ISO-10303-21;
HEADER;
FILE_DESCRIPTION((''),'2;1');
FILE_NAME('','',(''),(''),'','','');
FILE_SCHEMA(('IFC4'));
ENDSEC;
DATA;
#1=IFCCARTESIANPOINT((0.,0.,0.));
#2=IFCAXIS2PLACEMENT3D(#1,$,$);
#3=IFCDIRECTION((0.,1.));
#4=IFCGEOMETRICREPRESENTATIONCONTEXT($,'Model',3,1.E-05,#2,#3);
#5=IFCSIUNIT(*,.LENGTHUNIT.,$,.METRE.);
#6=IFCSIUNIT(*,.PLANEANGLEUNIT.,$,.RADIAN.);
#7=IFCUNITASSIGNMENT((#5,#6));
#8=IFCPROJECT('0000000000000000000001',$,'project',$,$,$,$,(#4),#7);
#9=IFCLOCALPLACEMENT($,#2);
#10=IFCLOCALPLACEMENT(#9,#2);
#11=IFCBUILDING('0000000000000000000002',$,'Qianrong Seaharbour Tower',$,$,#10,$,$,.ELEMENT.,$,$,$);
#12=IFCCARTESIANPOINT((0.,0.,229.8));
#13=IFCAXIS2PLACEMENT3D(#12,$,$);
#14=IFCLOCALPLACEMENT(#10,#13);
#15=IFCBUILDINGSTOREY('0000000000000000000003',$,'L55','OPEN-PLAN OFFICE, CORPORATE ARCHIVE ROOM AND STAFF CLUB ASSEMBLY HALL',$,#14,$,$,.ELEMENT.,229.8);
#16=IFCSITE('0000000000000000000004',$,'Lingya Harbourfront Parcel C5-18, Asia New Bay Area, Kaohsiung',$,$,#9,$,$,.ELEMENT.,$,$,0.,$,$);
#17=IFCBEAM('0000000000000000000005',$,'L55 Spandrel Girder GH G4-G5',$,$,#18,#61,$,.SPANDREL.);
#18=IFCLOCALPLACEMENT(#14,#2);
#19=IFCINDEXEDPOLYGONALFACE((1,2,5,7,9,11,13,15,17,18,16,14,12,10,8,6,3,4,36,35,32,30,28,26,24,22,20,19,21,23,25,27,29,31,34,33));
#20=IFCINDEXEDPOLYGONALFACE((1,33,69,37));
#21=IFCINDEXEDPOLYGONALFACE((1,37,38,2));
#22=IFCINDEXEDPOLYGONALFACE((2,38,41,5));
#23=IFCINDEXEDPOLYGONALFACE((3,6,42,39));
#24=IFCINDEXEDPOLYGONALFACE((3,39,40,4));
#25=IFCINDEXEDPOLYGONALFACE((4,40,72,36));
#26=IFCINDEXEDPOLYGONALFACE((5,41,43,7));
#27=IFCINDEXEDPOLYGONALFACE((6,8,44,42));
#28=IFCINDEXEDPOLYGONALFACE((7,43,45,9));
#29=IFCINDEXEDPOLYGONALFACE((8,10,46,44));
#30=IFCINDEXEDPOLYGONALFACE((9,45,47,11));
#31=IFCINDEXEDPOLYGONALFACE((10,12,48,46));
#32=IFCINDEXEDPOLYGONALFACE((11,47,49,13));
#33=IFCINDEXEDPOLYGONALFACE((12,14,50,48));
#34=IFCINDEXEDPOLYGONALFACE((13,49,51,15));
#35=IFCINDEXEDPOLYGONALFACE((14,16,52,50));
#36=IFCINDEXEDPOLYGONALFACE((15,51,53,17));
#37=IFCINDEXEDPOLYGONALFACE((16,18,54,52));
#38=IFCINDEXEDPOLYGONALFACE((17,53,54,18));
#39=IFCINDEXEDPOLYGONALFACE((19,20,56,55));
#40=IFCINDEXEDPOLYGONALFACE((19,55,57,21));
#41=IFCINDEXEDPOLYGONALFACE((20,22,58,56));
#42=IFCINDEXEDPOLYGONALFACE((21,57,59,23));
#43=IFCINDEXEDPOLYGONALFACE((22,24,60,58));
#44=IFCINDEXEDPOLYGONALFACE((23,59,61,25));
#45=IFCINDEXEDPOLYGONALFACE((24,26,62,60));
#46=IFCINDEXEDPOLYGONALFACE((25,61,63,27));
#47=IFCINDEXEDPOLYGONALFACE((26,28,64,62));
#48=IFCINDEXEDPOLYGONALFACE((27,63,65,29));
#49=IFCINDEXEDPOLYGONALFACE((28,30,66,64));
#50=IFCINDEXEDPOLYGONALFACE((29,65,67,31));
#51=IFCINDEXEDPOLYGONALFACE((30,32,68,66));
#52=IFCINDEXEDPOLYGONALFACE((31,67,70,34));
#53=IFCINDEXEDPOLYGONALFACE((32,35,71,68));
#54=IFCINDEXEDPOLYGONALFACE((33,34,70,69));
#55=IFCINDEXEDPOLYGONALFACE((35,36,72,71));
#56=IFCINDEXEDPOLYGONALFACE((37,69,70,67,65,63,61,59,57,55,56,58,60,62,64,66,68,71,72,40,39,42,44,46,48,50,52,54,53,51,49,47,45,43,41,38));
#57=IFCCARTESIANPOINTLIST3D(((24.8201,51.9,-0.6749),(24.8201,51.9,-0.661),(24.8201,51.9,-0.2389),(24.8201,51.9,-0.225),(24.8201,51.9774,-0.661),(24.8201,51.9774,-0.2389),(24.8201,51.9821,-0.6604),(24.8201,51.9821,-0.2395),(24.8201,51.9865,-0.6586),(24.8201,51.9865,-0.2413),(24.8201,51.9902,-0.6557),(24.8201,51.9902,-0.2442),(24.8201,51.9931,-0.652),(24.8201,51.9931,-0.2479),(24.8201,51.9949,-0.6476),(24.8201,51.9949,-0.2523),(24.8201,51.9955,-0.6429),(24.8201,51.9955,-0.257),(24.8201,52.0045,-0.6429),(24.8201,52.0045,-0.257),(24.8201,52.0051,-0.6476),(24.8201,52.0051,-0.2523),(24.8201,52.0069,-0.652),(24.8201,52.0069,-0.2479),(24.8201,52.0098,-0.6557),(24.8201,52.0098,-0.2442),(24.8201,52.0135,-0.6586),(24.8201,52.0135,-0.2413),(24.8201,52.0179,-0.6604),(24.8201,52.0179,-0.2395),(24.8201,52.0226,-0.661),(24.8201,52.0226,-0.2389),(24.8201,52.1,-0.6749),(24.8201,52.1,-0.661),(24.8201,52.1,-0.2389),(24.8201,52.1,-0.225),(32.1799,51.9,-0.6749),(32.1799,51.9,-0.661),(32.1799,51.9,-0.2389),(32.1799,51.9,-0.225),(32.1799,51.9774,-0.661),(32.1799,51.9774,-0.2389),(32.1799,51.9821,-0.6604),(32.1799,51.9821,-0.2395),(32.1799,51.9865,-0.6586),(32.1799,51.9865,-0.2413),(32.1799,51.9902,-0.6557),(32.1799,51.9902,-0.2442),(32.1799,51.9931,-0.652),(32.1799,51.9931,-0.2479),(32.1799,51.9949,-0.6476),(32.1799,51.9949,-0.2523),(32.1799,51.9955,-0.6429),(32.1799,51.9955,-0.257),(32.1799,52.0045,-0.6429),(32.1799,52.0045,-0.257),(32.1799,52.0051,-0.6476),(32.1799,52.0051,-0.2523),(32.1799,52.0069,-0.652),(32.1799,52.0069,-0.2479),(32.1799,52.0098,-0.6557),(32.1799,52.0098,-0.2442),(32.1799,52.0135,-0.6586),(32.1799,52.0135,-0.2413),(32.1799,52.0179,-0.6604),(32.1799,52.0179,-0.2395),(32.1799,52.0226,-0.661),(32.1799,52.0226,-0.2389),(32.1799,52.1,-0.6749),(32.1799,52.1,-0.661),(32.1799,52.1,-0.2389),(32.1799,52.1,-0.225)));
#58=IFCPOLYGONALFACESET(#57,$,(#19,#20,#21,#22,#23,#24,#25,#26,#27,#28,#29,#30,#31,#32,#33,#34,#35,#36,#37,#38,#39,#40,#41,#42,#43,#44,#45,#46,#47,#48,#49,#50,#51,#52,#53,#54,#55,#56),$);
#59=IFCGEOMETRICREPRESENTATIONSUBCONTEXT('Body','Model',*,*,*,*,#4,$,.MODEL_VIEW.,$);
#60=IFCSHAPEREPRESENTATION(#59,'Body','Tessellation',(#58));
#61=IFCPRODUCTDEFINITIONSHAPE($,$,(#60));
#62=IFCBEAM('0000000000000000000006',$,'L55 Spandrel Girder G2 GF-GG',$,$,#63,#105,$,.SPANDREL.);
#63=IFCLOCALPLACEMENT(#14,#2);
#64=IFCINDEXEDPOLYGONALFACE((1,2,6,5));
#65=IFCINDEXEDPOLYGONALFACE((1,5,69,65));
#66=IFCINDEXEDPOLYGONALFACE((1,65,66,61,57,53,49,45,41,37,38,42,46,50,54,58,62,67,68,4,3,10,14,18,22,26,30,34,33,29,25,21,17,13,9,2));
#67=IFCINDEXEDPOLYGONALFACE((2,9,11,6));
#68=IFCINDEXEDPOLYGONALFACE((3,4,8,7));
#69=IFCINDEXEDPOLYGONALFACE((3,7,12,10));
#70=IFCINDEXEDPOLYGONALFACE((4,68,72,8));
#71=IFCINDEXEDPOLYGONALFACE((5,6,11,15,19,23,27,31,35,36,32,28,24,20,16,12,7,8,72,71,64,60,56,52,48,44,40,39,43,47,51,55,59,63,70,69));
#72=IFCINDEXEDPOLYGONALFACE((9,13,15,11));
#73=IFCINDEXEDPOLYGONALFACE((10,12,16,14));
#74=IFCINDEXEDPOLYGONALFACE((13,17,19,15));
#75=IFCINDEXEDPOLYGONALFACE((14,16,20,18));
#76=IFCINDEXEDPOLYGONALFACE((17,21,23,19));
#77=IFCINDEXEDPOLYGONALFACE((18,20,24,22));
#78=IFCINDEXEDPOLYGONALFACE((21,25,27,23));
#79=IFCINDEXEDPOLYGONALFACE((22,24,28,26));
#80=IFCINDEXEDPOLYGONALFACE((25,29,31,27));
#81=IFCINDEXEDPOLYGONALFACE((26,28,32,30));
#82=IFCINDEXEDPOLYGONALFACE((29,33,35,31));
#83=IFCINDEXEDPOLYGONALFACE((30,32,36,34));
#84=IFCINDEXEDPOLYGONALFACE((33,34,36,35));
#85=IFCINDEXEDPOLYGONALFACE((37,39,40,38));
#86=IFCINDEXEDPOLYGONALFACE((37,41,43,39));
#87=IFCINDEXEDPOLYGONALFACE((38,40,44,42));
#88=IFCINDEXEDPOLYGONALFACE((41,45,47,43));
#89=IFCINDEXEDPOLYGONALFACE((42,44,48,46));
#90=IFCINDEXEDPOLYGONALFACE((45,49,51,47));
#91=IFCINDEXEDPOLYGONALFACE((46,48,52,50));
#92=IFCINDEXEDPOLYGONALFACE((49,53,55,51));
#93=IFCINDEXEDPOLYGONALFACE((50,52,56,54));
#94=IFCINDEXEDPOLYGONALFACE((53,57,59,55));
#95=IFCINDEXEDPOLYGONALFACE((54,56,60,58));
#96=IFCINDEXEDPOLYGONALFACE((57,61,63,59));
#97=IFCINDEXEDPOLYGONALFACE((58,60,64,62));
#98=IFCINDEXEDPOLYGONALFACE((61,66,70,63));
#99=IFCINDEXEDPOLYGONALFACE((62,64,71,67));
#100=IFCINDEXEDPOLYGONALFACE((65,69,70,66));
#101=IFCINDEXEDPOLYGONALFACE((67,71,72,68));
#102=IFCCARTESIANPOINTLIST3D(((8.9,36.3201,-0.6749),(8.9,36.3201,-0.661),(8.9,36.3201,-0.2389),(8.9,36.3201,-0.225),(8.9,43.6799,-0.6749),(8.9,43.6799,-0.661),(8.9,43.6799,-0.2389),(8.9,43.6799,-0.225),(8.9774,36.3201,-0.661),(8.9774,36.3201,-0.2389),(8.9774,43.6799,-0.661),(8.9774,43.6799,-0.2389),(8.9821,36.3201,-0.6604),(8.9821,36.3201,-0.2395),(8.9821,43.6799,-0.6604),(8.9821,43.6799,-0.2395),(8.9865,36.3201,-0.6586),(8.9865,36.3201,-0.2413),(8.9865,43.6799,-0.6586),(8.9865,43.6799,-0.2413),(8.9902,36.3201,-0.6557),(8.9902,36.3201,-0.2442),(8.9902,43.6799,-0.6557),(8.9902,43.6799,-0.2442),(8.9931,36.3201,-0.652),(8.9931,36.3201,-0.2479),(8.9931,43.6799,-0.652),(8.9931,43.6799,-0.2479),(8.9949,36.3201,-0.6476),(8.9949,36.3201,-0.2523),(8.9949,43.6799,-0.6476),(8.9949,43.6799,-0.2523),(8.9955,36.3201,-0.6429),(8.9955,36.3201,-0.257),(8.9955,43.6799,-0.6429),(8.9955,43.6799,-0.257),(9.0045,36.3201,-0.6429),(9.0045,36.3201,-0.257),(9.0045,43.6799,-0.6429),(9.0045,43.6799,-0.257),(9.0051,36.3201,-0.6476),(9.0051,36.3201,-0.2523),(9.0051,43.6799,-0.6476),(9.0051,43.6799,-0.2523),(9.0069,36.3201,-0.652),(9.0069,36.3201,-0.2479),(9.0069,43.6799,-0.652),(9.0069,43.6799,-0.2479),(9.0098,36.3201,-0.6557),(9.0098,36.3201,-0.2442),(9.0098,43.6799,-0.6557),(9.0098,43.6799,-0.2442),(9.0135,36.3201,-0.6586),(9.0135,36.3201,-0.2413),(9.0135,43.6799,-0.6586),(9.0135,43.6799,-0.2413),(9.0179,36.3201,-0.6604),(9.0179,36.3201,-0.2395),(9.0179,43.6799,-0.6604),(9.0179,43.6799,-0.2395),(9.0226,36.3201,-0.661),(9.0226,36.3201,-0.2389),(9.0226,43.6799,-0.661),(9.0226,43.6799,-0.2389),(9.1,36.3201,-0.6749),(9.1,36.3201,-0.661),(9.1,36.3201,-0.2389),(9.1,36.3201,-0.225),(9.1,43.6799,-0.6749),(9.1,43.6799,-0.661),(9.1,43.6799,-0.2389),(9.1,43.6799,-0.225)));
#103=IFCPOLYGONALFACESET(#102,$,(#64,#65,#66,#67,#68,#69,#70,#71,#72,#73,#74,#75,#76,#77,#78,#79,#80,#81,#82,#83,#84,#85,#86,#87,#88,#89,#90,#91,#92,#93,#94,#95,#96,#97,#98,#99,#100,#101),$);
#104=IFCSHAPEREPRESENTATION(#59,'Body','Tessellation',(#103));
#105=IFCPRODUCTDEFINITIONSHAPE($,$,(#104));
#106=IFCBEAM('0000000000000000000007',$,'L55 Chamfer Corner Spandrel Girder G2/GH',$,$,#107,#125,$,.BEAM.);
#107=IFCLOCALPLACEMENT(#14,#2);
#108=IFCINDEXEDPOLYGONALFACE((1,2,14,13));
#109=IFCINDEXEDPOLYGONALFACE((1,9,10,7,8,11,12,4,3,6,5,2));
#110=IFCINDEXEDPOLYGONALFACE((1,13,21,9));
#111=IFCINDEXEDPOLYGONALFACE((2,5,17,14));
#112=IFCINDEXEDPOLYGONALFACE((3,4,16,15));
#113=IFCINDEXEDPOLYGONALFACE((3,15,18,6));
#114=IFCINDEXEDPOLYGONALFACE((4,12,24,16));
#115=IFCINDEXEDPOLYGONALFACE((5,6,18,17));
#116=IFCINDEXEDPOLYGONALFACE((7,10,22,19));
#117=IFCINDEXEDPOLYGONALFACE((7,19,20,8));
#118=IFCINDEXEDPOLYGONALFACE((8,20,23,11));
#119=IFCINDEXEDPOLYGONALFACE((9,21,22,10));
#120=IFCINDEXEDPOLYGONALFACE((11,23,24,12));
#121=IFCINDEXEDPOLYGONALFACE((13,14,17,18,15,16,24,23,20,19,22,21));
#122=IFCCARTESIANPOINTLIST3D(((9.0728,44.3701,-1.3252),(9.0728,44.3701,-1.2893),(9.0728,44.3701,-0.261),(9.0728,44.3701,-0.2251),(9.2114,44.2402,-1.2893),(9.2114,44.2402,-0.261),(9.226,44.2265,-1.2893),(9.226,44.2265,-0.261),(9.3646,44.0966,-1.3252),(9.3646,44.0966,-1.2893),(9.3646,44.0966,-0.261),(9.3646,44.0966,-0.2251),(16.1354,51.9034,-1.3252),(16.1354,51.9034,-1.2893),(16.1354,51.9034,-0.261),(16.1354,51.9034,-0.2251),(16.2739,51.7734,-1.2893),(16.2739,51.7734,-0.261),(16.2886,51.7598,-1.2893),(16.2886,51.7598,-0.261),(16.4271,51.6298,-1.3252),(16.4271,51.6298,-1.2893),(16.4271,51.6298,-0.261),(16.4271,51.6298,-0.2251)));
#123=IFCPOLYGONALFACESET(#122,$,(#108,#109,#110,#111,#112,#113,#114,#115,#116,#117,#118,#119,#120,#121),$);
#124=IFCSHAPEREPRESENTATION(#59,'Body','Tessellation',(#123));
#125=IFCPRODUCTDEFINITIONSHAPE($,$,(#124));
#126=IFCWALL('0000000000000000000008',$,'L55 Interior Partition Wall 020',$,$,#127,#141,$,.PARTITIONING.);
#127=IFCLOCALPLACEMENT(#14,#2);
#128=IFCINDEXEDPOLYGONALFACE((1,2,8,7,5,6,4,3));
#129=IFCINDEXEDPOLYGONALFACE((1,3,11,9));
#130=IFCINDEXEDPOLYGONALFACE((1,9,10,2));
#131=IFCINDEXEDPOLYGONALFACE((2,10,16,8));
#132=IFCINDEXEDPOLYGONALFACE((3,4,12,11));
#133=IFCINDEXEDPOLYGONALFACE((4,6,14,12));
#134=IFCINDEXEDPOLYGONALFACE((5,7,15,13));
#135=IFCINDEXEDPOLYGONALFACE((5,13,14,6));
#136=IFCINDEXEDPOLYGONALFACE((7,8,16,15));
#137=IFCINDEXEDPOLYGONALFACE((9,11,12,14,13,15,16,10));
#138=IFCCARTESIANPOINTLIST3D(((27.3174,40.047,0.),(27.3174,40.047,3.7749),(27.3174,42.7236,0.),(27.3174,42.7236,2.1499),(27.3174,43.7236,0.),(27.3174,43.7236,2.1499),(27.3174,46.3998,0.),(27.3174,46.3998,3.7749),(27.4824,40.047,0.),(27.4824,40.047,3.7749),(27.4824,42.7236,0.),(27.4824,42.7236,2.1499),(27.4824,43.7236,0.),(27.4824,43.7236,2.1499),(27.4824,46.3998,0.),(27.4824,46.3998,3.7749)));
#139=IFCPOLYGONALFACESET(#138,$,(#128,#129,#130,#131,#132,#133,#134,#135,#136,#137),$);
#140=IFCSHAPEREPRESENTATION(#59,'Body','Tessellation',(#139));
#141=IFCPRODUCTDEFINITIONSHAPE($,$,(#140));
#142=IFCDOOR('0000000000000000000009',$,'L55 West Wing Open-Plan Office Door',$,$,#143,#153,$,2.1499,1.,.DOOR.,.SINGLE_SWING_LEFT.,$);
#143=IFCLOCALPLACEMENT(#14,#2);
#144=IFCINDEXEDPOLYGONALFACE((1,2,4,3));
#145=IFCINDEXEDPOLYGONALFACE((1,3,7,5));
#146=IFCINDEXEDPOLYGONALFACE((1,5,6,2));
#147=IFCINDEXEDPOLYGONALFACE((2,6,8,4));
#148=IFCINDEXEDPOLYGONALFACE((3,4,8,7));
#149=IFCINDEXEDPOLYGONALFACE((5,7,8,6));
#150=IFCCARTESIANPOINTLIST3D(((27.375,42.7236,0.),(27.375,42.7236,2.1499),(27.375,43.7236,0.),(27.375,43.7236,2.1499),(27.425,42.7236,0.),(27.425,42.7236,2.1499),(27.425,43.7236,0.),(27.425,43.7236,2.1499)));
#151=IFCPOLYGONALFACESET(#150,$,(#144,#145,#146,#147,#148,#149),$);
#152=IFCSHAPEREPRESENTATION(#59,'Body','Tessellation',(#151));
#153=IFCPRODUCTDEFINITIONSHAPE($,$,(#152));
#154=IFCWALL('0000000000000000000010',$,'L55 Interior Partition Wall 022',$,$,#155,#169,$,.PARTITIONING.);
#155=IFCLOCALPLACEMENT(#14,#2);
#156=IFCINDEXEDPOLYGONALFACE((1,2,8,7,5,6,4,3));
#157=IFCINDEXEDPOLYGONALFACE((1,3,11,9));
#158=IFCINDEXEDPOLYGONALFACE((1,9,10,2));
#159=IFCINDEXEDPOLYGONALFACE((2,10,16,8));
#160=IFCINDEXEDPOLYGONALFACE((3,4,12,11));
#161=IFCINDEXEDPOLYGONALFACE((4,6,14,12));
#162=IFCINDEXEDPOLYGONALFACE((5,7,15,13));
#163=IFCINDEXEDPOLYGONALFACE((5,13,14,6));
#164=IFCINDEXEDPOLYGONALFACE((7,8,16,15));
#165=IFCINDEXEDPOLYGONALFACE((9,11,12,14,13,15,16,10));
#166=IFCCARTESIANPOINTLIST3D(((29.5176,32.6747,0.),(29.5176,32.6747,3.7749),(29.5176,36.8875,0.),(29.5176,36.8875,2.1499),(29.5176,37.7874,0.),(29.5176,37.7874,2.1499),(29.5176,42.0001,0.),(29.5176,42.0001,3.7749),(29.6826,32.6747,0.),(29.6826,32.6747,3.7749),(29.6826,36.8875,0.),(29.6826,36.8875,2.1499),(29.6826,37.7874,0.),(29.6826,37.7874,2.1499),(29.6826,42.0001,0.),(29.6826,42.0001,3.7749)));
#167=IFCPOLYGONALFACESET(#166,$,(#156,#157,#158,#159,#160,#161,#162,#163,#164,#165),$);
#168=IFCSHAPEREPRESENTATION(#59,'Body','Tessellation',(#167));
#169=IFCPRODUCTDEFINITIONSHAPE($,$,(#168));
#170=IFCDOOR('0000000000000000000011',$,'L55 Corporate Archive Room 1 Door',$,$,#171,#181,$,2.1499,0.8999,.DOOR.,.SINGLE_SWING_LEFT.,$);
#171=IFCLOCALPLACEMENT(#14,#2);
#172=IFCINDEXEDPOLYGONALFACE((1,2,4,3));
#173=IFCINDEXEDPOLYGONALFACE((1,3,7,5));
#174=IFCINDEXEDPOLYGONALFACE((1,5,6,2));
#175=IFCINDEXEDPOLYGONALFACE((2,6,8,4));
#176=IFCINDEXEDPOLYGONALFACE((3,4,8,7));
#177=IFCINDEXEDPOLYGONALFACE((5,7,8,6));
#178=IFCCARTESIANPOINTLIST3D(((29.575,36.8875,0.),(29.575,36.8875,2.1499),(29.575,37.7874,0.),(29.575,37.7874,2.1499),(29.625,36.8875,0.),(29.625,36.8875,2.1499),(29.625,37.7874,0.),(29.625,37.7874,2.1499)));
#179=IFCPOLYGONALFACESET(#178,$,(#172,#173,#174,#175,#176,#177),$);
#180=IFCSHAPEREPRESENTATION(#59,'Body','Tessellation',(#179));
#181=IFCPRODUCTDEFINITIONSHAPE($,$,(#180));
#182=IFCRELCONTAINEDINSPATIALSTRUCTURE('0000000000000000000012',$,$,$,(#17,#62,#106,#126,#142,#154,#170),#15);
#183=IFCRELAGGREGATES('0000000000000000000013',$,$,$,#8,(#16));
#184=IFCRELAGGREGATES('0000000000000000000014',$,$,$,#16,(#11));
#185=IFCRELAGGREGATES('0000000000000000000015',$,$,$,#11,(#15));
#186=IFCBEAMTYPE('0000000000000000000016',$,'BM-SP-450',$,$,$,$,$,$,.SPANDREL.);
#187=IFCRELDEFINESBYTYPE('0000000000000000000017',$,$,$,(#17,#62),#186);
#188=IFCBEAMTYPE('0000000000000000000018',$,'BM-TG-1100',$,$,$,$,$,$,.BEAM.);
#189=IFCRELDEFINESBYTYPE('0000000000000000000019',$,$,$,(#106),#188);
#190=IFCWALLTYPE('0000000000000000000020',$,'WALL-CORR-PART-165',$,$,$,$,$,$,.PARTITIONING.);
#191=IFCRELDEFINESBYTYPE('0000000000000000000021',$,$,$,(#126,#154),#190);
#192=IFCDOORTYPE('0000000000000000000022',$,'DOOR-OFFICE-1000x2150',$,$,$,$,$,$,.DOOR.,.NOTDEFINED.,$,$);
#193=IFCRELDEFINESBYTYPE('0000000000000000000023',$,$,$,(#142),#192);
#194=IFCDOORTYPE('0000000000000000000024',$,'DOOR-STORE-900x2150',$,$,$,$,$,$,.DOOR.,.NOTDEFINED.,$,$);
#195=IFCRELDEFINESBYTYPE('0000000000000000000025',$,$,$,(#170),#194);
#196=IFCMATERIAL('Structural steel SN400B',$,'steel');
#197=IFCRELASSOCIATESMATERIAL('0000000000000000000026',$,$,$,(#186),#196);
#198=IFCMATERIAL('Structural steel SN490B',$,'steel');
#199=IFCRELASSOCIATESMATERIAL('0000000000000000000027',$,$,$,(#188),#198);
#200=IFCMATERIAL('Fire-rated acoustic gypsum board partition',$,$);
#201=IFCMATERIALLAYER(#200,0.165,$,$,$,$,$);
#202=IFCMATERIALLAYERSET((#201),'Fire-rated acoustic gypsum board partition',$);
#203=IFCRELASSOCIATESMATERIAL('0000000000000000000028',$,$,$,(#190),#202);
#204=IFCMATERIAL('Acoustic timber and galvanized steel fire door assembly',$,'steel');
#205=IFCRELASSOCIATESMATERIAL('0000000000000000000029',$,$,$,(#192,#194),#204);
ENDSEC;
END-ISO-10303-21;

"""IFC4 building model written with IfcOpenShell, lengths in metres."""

from ifc_helpers import new_model, si_unit, direction, frame, frame_2d, origin, origin_2d, place, context, subcontext, project, spatial, rectangle, i_section, extrude, material, layer, layer_set, material_profile, profile_set, type_object, element, fill, save


model = new_model("IFC4")

# Units and contexts
model_context = context("Model", 3, precision=1e-05, world=origin(), true_north=direction((0.0, 1.0)))
body_context = subcontext(model_context, "Body", "Model", "MODEL_VIEW")
ifc_project = project(units=[si_unit("LENGTHUNIT", "METRE"), si_unit("PLANEANGLEUNIT", "RADIAN")], contexts=[model_context])

# Site, building, storey
site_placement = place(None, origin())
site = spatial("IfcSite", under=ifc_project, at=site_placement, Name="Lingya Harbourfront Parcel C5-18, Asia New Bay Area, Kaohsiung", CompositionType="ELEMENT", RefElevation=0.0)
building_placement = place(site_placement, origin())
building = spatial("IfcBuilding", under=site, at=building_placement, Name="Qianrong Seaharbour Tower", CompositionType="ELEMENT")
storey_placement = place(building_placement, frame((0.0, 0.0, 229.8)))
storey = spatial("IfcBuildingStorey", under=building, at=storey_placement, Name="L55", Description="OPEN-PLAN OFFICE, CORPORATE ARCHIVE ROOM AND STAFF CLUB ASSEMBLY HALL", CompositionType="ELEMENT", Elevation=229.8)

# Shared definitions
ifc_material_1 = material(Name="Structural steel SN490B", Category="steel")

# Beams
ifc_material_2 = material(Name="Structural steel SN400B", Category="steel")
ifc_material_profile_1 = material_profile(ifc_material_2, i_section(OverallWidth=0.2, OverallDepth=0.45, WebThickness=0.009, FlangeThickness=0.0139, FilletRadius=0.0181, at=origin_2d()), Name="H450x200x9x14")
ifc_profile_set_1 = profile_set([ifc_material_profile_1], Name="Structural steel SN400B")
beam_type_1 = type_object("IfcBeamType", Name="BM-SP-450", PredefinedType="SPANDREL", material=ifc_profile_set_1)
for number, where, z_axis, x_axis, name in (
    (1, (24.8201, 52.0, -0.45), (1.0, 0.0, 0.0), (0.0, 1.0, 0.0), "L55 Spandrel Girder GH G4-G5"),
    (2, (9.0, 36.3201, -0.45), (0.0, 1.0, 0.0), (-1.0, 0.0, 0.0), "L55 Spandrel Girder G2 GF-GG"),
):
    element("IfcBeam", number, at=place(storey_placement, frame(where, z_axis=z_axis, x_axis=x_axis)), inside=storey, type_object=beam_type_1, Name=name, PredefinedType="SPANDREL", context=body_context, shape_type="SweptSolid", body=[
        extrude(i_section(OverallWidth=0.2, OverallDepth=0.45, WebThickness=0.009, FlangeThickness=0.0139, FilletRadius=0.0181, at=origin_2d()), origin(), (0.0, 0.0, 1.0), 7.3599),
    ])
ifc_material_profile_2 = material_profile(ifc_material_1, i_section(OverallWidth=0.3999, OverallDepth=1.1001, WebThickness=0.02, FlangeThickness=0.0359, at=origin_2d()), Name="BH1100x400x20x36")
ifc_profile_set_2 = profile_set([ifc_material_profile_2], Name="Structural steel SN490B")
beam_type_2 = type_object("IfcBeamType", Name="BM-TG-1100", PredefinedType="BEAM", material=ifc_profile_set_2)
beam_1_placement = place(storey_placement, frame((16.2812, 51.7666, -0.7751), z_axis=(-0.683947, -0.729531, 0.0), x_axis=(0.729531, -0.683947, 0.0)))
element("IfcBeam", 3, at=beam_1_placement, inside=storey, type_object=beam_type_2, Name="L55 Chamfer Corner Spandrel Girder G2/GH", PredefinedType="BEAM", context=body_context, shape_type="SweptSolid", body=[
    extrude(i_section(OverallWidth=0.3999, OverallDepth=1.1001, WebThickness=0.02, FlangeThickness=0.0359, at=origin_2d()), origin(), (0.0, 0.0, 1.0), 10.3262),
])

# Walls, openings, doors
ifc_material_3 = material(Name="Fire-rated acoustic gypsum board partition")
ifc_layer_1 = layer(ifc_material_3, 0.165)
ifc_layer_set_1 = layer_set([ifc_layer_1], Name="Fire-rated acoustic gypsum board partition")
wall_type_1 = type_object("IfcWallType", Name="WALL-CORR-PART-165", PredefinedType="PARTITIONING", material=ifc_layer_set_1)
wall_1_placement = place(storey_placement, frame((27.3999, 40.0471, 0.0), z_axis=(0.0, 0.0, 1.0), x_axis=(0.0, 1.0, 0.0)))
wall_1 = element("IfcWall", 4, at=wall_1_placement, inside=storey, type_object=wall_type_1, Name="L55 Interior Partition Wall 020", PredefinedType="PARTITIONING", context=body_context, shape_type="SweptSolid", body=[
    extrude(rectangle(XDim=6.3528, YDim=0.165, at=frame_2d((3.1763, 0.0))), origin(), (0.0, 0.0, 1.0), 3.7749),
])
opening_1_placement = place(wall_1_placement, frame((2.6765, 0.0, 0.0)))
opening_1 = element("IfcOpeningElement", 5, at=opening_1_placement, cuts=wall_1, PredefinedType="OPENING", context=body_context, shape_type="SweptSolid", body=[
    extrude(rectangle(XDim=1.0, YDim=2.1499, at=frame_2d((0.5, 1.075))), frame((0.0, 0.0925, 0.0), z_axis=(0.0, -1.0, 0.0), x_axis=(1.0, 0.0, 0.0)), (0.0, 0.0, 1.0), 0.1851),
])
ifc_material_4 = material(Name="Acoustic timber and galvanized steel fire door assembly", Category="steel")
door_type_1 = type_object("IfcDoorType", Name="DOOR-OFFICE-1000x2150", OperationType="NOTDEFINED", PredefinedType="DOOR", material=ifc_material_4)
door_1_placement = place(opening_1_placement, origin())
door_1 = element("IfcDoor", 6, at=door_1_placement, inside=storey, type_object=door_type_1, Name="L55 West Wing Open-Plan Office Door", OperationType="SINGLE_SWING_LEFT", OverallHeight=2.1499, OverallWidth=1.0, PredefinedType="DOOR", context=body_context, shape_type="SweptSolid", body=[
    extrude(rectangle(XDim=1.0, YDim=2.1499, at=frame_2d((0.5, 1.075))), frame((0.0, 0.0249, 0.0), z_axis=(0.0, -1.0, 0.0), x_axis=(1.0, 0.0, 0.0)), (0.0, 0.0, 1.0), 0.05),
])
fill(opening_1, door_1)
wall_2_placement = place(storey_placement, frame((29.6001, 42.0, 0.0), z_axis=(0.0, 0.0, 1.0), x_axis=(0.0, -1.0, 0.0)))
wall_2 = element("IfcWall", 7, at=wall_2_placement, inside=storey, type_object=wall_type_1, Name="L55 Interior Partition Wall 022", PredefinedType="PARTITIONING", context=body_context, shape_type="SweptSolid", body=[
    extrude(rectangle(XDim=9.3254, YDim=0.165, at=frame_2d((4.6626, 0.0))), origin(), (0.0, 0.0, 1.0), 3.7749),
])
opening_2_placement = place(wall_2_placement, frame((4.2126, 0.0, 0.0)))
opening_2 = element("IfcOpeningElement", 8, at=opening_2_placement, cuts=wall_2, PredefinedType="OPENING", context=body_context, shape_type="SweptSolid", body=[
    extrude(rectangle(XDim=0.8999, YDim=2.1499, at=frame_2d((0.45, 1.075))), frame((0.0, 0.0925, 0.0), z_axis=(0.0, -1.0, 0.0), x_axis=(1.0, 0.0, 0.0)), (0.0, 0.0, 1.0), 0.1851),
])
door_type_2 = type_object("IfcDoorType", Name="DOOR-STORE-900x2150", OperationType="NOTDEFINED", PredefinedType="DOOR", material=ifc_material_4)
door_2_placement = place(opening_2_placement, origin())
door_2 = element("IfcDoor", 9, at=door_2_placement, inside=storey, type_object=door_type_2, Name="L55 Corporate Archive Room 1 Door", OperationType="SINGLE_SWING_LEFT", OverallHeight=2.1499, OverallWidth=0.8999, PredefinedType="DOOR", context=body_context, shape_type="SweptSolid", body=[
    extrude(rectangle(XDim=0.8999, YDim=2.1499, at=frame_2d((0.45, 1.075))), frame((0.0, 0.0249, 0.0), z_axis=(0.0, -1.0, 0.0), x_axis=(1.0, 0.0, 0.0)), (0.0, 0.0, 1.0), 0.05),
])
fill(opening_2, door_2)

save(model, "model.ifc")
